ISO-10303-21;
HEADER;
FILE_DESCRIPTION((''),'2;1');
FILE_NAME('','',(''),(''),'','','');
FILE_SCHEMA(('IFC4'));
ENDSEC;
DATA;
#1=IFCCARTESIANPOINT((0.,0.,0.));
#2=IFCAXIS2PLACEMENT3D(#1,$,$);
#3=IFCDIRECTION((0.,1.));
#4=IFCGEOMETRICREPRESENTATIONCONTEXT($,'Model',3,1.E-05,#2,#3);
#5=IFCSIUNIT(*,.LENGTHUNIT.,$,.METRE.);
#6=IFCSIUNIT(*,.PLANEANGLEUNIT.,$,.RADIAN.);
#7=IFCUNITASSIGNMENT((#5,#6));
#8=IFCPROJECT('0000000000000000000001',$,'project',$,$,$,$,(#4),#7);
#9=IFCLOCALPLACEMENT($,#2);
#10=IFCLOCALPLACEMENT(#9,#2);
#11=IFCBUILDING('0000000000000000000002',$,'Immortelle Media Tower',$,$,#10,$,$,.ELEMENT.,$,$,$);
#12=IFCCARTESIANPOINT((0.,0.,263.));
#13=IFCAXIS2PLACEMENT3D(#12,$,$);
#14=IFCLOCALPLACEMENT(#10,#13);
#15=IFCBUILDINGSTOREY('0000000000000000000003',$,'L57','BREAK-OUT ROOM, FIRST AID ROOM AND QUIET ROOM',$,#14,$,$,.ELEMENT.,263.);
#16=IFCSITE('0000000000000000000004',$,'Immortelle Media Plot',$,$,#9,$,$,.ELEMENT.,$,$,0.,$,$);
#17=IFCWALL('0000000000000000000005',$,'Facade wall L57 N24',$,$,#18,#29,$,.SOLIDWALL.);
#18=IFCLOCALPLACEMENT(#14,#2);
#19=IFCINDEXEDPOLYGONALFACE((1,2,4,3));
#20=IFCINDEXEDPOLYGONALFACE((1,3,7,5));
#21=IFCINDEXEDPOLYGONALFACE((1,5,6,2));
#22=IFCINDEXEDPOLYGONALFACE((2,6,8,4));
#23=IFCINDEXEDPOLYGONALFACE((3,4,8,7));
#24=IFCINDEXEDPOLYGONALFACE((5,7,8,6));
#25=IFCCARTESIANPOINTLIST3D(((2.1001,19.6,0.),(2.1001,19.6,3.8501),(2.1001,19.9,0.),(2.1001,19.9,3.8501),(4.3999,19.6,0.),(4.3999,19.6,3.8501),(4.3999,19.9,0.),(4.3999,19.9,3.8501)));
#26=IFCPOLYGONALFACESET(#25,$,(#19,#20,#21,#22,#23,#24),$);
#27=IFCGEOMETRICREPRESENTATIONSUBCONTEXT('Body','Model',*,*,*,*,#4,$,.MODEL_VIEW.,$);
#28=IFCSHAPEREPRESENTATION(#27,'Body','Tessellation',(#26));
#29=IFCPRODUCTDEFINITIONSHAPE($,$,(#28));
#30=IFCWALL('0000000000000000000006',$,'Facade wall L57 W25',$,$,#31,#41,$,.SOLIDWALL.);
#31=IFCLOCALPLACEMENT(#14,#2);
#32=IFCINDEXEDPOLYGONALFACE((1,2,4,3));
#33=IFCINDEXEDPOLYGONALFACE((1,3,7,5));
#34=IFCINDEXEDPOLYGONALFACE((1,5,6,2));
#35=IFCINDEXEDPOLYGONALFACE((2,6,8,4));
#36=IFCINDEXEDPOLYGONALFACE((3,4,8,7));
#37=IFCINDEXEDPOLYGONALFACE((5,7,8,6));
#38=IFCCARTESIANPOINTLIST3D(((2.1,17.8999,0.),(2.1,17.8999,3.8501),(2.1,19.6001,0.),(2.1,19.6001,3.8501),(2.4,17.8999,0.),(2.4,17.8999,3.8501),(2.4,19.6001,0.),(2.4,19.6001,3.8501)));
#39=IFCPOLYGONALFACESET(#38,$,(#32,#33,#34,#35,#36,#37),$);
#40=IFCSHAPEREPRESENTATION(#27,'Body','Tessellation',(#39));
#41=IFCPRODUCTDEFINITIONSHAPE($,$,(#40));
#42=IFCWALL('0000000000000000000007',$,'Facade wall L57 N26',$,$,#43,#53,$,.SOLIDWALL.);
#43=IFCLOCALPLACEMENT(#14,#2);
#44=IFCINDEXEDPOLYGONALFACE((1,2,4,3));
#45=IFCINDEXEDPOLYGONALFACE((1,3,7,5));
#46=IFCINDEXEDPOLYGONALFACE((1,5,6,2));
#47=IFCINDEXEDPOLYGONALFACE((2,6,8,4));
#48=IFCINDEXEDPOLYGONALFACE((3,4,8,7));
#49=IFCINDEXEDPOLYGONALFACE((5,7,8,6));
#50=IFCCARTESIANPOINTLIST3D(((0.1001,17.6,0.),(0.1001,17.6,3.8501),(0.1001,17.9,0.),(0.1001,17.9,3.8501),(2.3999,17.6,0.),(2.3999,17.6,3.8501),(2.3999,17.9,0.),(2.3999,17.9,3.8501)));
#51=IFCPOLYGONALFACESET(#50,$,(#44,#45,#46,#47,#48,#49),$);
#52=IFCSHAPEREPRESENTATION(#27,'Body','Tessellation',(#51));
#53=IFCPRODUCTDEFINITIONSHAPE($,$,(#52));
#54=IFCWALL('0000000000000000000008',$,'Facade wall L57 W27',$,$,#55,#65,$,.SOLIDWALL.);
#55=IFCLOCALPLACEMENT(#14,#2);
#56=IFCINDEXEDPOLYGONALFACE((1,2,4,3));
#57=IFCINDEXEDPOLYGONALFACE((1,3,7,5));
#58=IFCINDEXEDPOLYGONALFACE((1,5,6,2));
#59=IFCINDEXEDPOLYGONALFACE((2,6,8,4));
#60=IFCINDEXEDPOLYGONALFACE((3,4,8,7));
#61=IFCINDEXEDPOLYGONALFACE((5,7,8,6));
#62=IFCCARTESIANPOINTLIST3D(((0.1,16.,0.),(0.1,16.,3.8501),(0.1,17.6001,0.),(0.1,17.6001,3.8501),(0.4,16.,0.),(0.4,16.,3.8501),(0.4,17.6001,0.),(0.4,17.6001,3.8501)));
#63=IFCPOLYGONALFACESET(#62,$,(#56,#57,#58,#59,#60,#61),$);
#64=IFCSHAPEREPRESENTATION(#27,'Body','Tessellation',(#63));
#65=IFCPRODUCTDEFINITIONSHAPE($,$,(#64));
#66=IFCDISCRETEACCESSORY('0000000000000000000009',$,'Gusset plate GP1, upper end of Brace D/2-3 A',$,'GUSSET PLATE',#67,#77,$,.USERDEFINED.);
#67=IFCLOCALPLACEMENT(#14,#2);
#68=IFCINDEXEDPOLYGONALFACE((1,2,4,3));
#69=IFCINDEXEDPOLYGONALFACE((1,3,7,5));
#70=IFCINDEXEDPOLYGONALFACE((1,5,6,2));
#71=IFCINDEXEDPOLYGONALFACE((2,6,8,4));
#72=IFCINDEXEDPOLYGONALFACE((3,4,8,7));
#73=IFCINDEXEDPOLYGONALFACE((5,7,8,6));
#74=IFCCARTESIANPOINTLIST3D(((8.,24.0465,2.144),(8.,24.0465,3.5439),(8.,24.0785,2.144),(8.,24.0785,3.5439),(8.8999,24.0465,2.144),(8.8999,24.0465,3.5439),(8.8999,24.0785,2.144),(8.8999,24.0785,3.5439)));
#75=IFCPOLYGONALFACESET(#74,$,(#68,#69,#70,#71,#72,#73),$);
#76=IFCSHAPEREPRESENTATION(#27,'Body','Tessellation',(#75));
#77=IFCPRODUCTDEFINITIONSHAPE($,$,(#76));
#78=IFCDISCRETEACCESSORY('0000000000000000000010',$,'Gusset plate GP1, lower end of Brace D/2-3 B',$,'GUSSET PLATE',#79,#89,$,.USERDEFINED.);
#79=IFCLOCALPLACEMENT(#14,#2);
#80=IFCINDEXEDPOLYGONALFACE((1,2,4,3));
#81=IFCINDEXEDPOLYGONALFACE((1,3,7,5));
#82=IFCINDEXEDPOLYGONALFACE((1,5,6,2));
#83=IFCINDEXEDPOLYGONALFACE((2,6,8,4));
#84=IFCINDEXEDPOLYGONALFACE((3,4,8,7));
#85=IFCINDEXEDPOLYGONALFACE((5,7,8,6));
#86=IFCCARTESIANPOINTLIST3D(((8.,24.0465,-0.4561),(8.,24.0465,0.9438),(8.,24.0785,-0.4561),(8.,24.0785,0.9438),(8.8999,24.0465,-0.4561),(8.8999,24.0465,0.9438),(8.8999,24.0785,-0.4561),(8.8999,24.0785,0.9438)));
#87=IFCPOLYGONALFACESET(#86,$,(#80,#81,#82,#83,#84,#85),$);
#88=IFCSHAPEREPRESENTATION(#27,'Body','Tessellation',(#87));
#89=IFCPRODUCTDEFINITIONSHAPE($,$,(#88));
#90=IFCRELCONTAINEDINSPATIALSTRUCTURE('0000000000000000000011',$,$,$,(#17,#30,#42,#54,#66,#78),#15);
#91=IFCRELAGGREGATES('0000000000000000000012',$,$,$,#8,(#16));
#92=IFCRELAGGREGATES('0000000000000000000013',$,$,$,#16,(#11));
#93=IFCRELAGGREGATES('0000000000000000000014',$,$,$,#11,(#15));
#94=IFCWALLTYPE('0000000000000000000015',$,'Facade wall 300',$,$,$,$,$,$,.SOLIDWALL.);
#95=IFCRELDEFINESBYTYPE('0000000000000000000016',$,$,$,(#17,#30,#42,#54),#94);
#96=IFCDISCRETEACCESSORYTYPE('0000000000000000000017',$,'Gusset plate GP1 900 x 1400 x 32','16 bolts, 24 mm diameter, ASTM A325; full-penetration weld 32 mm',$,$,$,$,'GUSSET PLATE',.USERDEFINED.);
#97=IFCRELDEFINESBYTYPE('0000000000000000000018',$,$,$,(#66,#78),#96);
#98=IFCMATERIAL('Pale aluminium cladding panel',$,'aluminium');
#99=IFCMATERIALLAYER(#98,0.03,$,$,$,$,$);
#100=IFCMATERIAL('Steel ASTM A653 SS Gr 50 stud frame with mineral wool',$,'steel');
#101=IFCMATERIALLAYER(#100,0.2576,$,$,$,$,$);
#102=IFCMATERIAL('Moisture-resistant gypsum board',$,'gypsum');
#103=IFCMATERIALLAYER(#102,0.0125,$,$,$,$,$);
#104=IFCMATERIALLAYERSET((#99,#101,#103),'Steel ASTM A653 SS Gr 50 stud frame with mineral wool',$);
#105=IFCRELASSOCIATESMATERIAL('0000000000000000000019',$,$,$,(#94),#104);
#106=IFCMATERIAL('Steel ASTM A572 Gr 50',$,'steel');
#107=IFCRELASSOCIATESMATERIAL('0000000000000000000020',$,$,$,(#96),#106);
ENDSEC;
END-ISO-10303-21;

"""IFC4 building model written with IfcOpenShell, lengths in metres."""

from ifc_helpers import new_model, si_unit, direction, frame, frame_2d, origin, origin_2d, place, context, subcontext, project, spatial, rectangle, extrude, material, layer, layer_set, material_profile, profile_set, type_object, element, save


model = new_model("IFC4")

# Units and contexts
model_context = context("Model", 3, precision=1e-05, world=origin(), true_north=direction((0.0, 1.0)))
body_context = subcontext(model_context, "Body", "Model", "MODEL_VIEW")
ifc_project = project(units=[si_unit("LENGTHUNIT", "METRE"), si_unit("PLANEANGLEUNIT", "RADIAN")], contexts=[model_context])

# Site, building, storey
site_placement = place(None, origin())
site = spatial("IfcSite", under=ifc_project, at=site_placement, Name="Immortelle Media Plot", CompositionType="ELEMENT", RefElevation=0.0)
building_placement = place(site_placement, origin())
building = spatial("IfcBuilding", under=site, at=building_placement, Name="Immortelle Media Tower", CompositionType="ELEMENT")
storey_placement = place(building_placement, frame((0.0, 0.0, 263.0)))
storey = spatial("IfcBuildingStorey", under=building, at=storey_placement, Name="L57", Description="BREAK-OUT ROOM, FIRST AID ROOM AND QUIET ROOM", CompositionType="ELEMENT", Elevation=263.0)

# Shared definitions
ifc_material_1 = material(Name="Steel ASTM A653 SS Gr 50 stud frame with mineral wool", Category="steel")

# Walls
ifc_material_2 = material(Name="Pale aluminium cladding panel", Category="aluminium")
ifc_layer_1 = layer(ifc_material_2, 0.03)
ifc_layer_2 = layer(ifc_material_1, 0.2576)
ifc_material_3 = material(Name="Moisture-resistant gypsum board", Category="gypsum")
ifc_layer_3 = layer(ifc_material_3, 0.0125)
ifc_layer_set_1 = layer_set([ifc_layer_1, ifc_layer_2, ifc_layer_3], Name="Steel ASTM A653 SS Gr 50 stud frame with mineral wool")
wall_type_1 = type_object("IfcWallType", Name="Facade wall 300", PredefinedType="SOLIDWALL", material=ifc_layer_set_1)
wall_1_placement = place(storey_placement, frame((4.3999, 19.75, 0.0), z_axis=(0.0, 0.0, 1.0), x_axis=(-1.0, 0.0, 0.0)))
element("IfcWall", 1, at=wall_1_placement, inside=storey, type_object=wall_type_1, Name="Facade wall L57 N24", PredefinedType="SOLIDWALL", context=body_context, shape_type="SweptSolid", body=[
    extrude(rectangle(XDim=2.2998, YDim=0.3, at=frame_2d((1.1499, 0.0))), origin(), (0.0, 0.0, 1.0), 3.8501),
])
wall_2_placement = place(storey_placement, frame((2.25, 19.6001, 0.0), z_axis=(0.0, 0.0, 1.0), x_axis=(0.0, -1.0, 0.0)))
element("IfcWall", 2, at=wall_2_placement, inside=storey, type_object=wall_type_1, Name="Facade wall L57 W25", PredefinedType="SOLIDWALL", context=body_context, shape_type="SweptSolid", body=[
    extrude(rectangle(XDim=1.7002, YDim=0.3, at=frame_2d((0.8501, 0.0))), origin(), (0.0, 0.0, 1.0), 3.8501),
])
wall_3_placement = place(storey_placement, frame((2.3999, 17.75, 0.0), z_axis=(0.0, 0.0, 1.0), x_axis=(-1.0, 0.0, 0.0)))
element("IfcWall", 3, at=wall_3_placement, inside=storey, type_object=wall_type_1, Name="Facade wall L57 N26", PredefinedType="SOLIDWALL", context=body_context, shape_type="SweptSolid", body=[
    extrude(rectangle(XDim=2.2998, YDim=0.3, at=frame_2d((1.1499, 0.0))), origin(), (0.0, 0.0, 1.0), 3.8501),
])
wall_4_placement = place(storey_placement, frame((0.25, 17.6001, 0.0), z_axis=(0.0, 0.0, 1.0), x_axis=(0.0, -1.0, 0.0)))
element("IfcWall", 4, at=wall_4_placement, inside=storey, type_object=wall_type_1, Name="Facade wall L57 W27", PredefinedType="SOLIDWALL", context=body_context, shape_type="SweptSolid", body=[
    extrude(rectangle(XDim=1.6001, YDim=0.3, at=frame_2d((0.8, 0.0))), origin(), (0.0, 0.0, 1.0), 3.8501),
])

# Discrete accessories
ifc_material_4 = material(Name="Steel ASTM A572 Gr 50", Category="steel")
ifc_material_profile_1 = material_profile(ifc_material_4, rectangle(XDim=0.032, YDim=1.3999, at=origin_2d()), Name="PL 32 x 1400")
ifc_profile_set_1 = profile_set([ifc_material_profile_1], Name="Steel ASTM A572 Gr 50")
discrete_accessory_type = type_object("IfcDiscreteAccessoryType", Name="Gusset plate GP1 900 x 1400 x 32", Description="16 bolts, 24 mm diameter, ASTM A325; full-penetration weld 32 mm", ElementType="GUSSET PLATE", PredefinedType="USERDEFINED", material=ifc_profile_set_1)
for number, where, z_axis, x_axis, name in (
    (5, (8.0, 24.0625, 2.844), (1.0, 0.0, 0.0), (0.0, 1.0, 0.0), "Gusset plate GP1, upper end of Brace D/2-3 A"),
    (6, (8.0, 24.0625, 0.2439), (1.0, 0.0, 0.0), (0.0, 1.0, 0.0), "Gusset plate GP1, lower end of Brace D/2-3 B"),
):
    element("IfcDiscreteAccessory", number, at=place(storey_placement, frame(where, z_axis=z_axis, x_axis=x_axis)), inside=storey, type_object=discrete_accessory_type, Name=name, ObjectType="GUSSET PLATE", PredefinedType="USERDEFINED", context=body_context, shape_type="SweptSolid", body=[
        extrude(rectangle(XDim=0.032, YDim=1.3999, at=origin_2d()), origin(), (0.0, 0.0, 1.0), 0.8999),
    ])

save(model, "model.ifc")
